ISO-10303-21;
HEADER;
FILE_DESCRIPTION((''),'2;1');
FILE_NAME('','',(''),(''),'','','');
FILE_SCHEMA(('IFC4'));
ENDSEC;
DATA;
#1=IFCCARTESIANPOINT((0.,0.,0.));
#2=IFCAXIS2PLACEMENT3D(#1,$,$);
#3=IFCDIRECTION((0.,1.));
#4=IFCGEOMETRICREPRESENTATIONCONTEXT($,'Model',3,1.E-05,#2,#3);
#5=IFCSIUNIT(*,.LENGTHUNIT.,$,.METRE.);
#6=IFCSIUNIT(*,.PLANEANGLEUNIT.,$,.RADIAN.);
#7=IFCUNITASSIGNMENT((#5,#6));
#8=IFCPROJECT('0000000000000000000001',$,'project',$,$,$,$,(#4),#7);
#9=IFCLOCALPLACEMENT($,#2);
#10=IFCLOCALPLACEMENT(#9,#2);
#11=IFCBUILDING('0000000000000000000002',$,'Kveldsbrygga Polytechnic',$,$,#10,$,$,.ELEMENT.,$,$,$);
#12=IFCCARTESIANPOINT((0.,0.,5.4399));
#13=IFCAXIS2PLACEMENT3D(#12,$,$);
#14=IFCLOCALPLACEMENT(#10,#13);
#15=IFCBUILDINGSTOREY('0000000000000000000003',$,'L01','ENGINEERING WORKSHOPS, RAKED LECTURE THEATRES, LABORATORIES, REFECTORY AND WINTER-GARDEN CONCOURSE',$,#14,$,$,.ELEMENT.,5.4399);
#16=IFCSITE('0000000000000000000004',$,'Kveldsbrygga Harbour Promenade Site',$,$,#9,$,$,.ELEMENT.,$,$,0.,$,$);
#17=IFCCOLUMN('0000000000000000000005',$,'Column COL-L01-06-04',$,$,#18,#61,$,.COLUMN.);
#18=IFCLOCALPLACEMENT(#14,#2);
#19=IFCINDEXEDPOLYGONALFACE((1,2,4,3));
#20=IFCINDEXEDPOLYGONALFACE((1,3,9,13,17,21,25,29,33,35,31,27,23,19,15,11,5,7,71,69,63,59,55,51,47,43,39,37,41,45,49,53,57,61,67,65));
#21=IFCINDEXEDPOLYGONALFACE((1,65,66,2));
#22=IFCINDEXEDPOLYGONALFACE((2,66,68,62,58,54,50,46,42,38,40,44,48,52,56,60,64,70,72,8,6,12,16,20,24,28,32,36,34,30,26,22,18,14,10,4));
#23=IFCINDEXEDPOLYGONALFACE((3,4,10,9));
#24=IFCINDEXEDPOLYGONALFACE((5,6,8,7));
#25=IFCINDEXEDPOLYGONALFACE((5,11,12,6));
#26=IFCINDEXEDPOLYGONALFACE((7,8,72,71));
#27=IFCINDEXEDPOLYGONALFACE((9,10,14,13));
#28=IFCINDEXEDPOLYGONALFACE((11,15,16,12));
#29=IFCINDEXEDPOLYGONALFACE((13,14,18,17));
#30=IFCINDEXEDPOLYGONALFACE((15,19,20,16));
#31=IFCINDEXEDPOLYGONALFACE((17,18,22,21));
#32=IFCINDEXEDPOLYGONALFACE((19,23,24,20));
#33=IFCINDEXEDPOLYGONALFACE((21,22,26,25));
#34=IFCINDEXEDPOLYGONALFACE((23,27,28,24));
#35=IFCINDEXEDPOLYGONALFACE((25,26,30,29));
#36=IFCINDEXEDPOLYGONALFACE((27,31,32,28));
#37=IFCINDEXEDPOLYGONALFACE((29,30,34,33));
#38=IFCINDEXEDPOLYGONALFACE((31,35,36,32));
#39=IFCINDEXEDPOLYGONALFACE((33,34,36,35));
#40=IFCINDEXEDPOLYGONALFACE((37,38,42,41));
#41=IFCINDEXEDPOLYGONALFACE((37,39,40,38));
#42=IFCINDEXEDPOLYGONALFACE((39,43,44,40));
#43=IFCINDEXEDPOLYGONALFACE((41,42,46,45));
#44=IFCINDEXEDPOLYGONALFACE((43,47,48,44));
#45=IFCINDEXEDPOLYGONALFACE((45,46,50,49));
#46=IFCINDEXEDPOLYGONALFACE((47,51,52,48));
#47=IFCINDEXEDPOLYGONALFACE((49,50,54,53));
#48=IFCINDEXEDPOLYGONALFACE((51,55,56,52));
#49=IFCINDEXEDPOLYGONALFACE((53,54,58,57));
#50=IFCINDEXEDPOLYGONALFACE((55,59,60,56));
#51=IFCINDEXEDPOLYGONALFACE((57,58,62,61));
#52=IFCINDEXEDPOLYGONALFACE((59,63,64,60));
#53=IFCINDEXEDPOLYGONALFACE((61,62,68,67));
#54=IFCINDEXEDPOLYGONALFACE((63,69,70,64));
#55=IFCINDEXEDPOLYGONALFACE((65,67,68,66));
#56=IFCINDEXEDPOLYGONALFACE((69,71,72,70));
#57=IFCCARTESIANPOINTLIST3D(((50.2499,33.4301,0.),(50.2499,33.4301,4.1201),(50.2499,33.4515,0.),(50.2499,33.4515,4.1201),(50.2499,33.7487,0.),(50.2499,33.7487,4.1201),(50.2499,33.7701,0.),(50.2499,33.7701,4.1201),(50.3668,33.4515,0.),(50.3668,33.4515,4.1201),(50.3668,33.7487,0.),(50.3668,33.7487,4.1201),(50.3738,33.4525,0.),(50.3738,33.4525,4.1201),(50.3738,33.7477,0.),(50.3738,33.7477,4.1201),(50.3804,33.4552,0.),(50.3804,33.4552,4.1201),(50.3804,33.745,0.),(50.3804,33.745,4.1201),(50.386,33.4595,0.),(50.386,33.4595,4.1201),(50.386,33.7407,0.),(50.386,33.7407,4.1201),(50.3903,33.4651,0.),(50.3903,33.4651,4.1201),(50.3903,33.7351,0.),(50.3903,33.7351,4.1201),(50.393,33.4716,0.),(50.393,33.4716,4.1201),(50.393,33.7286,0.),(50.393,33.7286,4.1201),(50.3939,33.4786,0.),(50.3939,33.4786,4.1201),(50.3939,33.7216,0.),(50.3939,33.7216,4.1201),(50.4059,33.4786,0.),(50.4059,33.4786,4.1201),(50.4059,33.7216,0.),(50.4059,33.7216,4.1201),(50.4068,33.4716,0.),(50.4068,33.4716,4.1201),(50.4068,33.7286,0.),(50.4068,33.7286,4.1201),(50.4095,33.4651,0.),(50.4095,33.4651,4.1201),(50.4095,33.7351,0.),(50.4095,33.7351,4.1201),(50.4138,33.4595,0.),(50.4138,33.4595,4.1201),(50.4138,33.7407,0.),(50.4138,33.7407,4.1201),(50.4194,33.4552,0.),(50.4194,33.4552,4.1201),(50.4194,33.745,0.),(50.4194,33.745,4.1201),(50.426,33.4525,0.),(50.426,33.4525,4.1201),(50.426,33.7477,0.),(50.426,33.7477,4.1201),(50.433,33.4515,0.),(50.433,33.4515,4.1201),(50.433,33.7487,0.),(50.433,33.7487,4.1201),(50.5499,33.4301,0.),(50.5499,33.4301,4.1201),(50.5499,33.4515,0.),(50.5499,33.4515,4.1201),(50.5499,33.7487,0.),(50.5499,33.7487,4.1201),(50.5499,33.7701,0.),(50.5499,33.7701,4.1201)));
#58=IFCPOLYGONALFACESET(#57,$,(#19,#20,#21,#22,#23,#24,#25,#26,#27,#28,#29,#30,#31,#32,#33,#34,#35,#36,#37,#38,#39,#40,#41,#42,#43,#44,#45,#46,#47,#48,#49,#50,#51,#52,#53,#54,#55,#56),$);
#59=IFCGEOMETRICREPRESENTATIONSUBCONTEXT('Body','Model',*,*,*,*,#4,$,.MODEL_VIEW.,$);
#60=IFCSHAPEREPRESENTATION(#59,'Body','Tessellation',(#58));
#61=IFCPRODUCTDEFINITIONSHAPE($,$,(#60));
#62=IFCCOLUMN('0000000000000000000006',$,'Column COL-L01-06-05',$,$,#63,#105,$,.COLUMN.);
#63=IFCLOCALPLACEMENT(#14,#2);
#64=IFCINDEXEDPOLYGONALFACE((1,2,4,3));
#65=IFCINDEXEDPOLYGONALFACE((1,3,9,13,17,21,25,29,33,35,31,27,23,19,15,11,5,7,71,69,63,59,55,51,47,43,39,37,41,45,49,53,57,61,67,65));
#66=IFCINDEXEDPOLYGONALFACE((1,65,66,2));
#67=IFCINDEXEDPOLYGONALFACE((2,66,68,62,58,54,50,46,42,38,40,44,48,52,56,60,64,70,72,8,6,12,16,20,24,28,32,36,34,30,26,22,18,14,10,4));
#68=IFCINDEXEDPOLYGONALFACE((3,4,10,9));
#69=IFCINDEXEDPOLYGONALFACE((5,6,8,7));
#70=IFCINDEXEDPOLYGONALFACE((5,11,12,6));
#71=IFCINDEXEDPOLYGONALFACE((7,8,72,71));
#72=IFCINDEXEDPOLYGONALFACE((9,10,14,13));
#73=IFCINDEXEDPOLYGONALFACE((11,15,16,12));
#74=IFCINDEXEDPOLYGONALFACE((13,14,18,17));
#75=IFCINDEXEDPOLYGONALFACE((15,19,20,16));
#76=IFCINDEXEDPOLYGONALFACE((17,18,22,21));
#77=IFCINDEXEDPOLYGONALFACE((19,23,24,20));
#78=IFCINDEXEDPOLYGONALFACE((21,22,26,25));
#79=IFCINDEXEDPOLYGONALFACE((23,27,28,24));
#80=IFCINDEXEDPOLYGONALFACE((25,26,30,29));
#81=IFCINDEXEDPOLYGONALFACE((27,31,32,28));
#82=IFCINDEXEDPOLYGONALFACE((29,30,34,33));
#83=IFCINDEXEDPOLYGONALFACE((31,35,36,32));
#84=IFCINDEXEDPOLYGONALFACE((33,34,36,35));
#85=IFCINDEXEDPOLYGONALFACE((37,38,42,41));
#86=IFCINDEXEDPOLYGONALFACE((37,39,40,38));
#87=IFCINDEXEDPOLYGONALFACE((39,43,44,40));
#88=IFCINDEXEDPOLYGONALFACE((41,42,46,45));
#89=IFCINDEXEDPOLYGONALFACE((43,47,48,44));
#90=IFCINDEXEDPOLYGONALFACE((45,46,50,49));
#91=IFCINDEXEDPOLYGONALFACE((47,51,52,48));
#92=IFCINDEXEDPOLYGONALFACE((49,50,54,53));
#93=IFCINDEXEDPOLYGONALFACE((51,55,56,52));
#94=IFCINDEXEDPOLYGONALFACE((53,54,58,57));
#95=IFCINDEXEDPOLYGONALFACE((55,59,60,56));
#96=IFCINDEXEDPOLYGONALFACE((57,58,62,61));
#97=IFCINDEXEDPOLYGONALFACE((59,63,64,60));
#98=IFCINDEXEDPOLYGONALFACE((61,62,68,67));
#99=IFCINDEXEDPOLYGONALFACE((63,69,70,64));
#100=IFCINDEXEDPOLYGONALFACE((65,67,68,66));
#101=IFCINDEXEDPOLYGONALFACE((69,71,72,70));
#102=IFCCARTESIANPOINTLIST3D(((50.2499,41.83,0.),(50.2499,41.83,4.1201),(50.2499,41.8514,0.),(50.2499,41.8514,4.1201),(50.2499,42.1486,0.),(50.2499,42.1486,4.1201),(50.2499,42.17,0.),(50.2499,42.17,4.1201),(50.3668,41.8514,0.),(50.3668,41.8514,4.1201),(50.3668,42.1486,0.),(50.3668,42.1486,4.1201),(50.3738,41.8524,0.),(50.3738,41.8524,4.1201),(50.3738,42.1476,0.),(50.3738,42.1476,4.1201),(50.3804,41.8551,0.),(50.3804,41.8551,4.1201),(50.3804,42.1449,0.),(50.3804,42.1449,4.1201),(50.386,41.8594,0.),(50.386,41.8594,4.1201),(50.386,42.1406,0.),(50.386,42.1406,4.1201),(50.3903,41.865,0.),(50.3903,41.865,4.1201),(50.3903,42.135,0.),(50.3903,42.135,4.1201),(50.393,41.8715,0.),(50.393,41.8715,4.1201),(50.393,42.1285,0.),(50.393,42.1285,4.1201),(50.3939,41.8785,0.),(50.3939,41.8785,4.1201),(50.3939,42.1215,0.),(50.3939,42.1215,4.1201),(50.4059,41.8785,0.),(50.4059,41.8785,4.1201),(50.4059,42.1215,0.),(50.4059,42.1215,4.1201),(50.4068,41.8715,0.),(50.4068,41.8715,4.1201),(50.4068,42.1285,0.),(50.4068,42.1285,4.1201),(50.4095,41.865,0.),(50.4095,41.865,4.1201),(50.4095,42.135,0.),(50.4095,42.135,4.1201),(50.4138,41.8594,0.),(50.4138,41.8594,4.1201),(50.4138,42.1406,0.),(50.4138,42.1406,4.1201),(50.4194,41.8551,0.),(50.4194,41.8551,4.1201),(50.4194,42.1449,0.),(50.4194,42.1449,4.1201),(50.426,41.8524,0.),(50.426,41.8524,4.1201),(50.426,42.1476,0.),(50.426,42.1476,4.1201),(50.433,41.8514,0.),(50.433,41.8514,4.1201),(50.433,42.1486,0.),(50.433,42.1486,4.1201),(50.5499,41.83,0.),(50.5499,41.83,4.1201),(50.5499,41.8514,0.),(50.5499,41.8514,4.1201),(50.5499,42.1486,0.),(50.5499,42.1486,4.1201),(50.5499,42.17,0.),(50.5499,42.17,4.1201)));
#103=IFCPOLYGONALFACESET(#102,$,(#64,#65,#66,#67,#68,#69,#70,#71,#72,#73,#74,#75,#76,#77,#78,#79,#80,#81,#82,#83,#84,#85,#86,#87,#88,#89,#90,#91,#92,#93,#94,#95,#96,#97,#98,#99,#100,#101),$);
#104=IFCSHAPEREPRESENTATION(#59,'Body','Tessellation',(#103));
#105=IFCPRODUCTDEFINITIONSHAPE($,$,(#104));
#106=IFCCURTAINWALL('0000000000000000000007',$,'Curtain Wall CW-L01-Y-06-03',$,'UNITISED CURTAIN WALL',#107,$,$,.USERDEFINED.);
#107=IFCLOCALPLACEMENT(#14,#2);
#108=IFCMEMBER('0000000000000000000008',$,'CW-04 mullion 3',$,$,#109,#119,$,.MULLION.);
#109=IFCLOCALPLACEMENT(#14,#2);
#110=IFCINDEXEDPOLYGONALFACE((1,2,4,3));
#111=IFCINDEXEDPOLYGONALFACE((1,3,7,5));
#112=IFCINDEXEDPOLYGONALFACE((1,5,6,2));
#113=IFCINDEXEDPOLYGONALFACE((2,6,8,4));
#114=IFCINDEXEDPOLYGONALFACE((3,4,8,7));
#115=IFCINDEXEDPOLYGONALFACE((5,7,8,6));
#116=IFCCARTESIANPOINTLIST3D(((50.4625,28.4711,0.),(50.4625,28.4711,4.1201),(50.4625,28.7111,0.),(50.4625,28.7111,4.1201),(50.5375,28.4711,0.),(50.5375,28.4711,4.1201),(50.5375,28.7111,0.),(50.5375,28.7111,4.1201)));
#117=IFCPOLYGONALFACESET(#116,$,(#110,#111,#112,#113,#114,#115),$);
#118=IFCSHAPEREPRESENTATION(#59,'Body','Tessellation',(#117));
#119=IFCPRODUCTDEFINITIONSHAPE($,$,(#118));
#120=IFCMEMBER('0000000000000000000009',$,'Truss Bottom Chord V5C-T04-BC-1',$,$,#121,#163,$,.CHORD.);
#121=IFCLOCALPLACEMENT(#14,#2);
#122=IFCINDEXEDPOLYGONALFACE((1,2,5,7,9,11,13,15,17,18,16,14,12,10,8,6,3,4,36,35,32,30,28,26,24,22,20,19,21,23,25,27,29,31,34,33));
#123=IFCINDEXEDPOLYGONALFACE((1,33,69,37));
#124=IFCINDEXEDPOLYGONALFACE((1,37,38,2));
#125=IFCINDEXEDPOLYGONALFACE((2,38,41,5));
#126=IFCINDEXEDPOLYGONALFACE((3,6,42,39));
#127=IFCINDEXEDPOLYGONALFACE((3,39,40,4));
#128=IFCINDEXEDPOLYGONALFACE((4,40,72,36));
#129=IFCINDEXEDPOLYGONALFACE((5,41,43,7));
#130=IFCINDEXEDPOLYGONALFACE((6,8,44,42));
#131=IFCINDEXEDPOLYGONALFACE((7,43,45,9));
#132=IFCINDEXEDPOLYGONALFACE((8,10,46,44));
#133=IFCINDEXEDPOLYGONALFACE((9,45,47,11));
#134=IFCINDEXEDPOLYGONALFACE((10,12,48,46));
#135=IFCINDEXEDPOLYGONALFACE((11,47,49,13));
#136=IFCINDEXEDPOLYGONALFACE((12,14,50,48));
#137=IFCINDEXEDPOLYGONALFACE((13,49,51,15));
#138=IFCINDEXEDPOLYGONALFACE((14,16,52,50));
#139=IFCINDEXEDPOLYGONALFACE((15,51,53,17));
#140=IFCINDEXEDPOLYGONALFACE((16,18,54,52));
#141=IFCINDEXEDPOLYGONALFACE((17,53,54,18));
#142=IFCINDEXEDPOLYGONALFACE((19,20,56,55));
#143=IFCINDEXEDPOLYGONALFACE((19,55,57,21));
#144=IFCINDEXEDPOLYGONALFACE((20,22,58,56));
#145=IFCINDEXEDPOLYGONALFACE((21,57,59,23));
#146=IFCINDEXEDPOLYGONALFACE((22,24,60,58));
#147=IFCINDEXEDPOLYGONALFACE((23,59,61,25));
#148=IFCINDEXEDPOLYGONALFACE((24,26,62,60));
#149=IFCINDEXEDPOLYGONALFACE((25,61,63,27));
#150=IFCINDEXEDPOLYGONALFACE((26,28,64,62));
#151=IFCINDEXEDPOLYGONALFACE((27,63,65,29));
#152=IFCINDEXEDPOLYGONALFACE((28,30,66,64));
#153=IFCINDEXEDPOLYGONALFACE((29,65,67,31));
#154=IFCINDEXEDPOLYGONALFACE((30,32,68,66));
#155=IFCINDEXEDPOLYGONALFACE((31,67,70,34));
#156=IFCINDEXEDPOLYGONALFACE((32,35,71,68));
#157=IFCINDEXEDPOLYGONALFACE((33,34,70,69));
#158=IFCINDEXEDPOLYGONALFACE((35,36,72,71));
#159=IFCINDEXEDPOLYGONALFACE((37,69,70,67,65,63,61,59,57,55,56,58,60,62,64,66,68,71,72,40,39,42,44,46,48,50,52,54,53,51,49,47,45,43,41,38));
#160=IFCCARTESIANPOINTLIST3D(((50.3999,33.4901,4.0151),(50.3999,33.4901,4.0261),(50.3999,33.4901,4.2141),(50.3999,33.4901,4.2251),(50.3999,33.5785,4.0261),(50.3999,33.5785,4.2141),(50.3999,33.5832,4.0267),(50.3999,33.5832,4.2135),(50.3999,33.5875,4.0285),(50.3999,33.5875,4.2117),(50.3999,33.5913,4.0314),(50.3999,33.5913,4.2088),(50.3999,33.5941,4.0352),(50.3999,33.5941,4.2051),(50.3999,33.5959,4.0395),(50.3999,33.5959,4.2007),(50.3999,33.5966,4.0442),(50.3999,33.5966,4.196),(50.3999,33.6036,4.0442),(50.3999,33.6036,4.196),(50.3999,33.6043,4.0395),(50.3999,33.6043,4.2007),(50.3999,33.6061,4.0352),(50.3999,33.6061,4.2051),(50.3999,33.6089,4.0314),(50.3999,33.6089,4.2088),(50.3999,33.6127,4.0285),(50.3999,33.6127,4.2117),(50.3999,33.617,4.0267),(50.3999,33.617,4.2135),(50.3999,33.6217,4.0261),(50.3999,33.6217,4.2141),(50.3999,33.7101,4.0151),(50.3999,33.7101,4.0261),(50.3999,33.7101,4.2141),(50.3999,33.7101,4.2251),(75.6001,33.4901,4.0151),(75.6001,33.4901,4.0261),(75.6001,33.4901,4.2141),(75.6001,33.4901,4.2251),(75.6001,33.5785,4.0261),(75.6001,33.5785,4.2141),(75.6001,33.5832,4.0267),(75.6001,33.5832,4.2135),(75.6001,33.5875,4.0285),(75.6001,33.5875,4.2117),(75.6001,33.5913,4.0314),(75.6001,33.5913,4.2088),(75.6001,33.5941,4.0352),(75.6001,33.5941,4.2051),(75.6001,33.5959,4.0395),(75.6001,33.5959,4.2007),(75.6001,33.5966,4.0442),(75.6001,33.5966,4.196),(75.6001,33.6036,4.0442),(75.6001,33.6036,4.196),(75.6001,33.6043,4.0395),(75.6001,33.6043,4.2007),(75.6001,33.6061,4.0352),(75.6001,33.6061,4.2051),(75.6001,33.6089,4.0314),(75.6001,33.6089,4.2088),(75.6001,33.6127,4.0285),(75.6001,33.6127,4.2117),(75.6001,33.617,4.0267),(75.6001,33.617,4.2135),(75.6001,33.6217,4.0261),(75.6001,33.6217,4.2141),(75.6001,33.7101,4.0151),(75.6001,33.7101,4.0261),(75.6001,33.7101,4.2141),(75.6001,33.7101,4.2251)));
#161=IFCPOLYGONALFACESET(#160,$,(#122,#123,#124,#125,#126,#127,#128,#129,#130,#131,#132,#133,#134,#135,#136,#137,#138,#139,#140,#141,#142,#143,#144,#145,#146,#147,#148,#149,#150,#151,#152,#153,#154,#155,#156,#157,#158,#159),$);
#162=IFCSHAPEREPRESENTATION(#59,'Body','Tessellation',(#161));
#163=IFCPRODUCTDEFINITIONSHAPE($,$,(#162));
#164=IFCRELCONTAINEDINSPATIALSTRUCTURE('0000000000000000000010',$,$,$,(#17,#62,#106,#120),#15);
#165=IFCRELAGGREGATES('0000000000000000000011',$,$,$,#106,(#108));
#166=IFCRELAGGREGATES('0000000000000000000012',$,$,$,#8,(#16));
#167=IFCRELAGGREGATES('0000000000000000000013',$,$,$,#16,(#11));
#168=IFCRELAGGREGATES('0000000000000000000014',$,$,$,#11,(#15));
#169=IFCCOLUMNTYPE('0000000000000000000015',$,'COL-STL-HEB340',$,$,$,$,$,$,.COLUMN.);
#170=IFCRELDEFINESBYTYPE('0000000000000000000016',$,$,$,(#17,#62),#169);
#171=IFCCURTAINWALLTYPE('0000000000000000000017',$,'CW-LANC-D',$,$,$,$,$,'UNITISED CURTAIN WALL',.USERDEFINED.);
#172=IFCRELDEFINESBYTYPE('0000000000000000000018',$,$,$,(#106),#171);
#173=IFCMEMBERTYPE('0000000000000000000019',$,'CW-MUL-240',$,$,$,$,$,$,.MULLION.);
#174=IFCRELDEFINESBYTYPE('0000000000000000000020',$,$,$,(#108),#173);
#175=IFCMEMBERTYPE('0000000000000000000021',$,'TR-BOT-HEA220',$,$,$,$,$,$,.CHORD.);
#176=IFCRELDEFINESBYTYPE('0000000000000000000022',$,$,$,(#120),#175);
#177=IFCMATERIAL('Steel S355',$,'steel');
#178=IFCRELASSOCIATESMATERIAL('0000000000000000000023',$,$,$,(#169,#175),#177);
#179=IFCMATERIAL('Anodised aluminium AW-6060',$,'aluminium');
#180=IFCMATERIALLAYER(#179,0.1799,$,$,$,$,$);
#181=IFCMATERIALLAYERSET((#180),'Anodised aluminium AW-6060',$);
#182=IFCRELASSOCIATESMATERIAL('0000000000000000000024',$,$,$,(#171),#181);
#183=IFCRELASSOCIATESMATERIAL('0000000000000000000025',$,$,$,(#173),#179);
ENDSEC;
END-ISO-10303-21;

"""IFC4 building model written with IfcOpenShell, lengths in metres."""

from ifc_helpers import new_model, si_unit, direction, frame, origin, origin_2d, place, context, subcontext, project, spatial, rectangle, i_section, extrude, material, layer, layer_set, material_profile, profile_set, type_object, element, aggregate, save


model = new_model("IFC4")

# Units and contexts
model_context = context("Model", 3, precision=1e-05, world=origin(), true_north=direction((0.0, 1.0)))
body_context = subcontext(model_context, "Body", "Model", "MODEL_VIEW")
ifc_project = project(units=[si_unit("LENGTHUNIT", "METRE"), si_unit("PLANEANGLEUNIT", "RADIAN")], contexts=[model_context])

# Site, building, storey
site_placement = place(None, origin())
site = spatial("IfcSite", under=ifc_project, at=site_placement, Name="Kveldsbrygga Harbour Promenade Site", CompositionType="ELEMENT", RefElevation=0.0)
building_placement = place(site_placement, origin())
building = spatial("IfcBuilding", under=site, at=building_placement, Name="Kveldsbrygga Polytechnic", CompositionType="ELEMENT")
storey_placement = place(building_placement, frame((0.0, 0.0, 5.4399)))
storey = spatial("IfcBuildingStorey", under=building, at=storey_placement, Name="L01", Description="ENGINEERING WORKSHOPS, RAKED LECTURE THEATRES, LABORATORIES, REFECTORY AND WINTER-GARDEN CONCOURSE", CompositionType="ELEMENT", Elevation=5.4399)

# Columns
ifc_material_1 = material(Name="Steel S355", Category="steel")
ifc_material_profile_1 = material_profile(ifc_material_1, i_section(OverallWidth=0.3, OverallDepth=0.3401, WebThickness=0.012, FlangeThickness=0.0215, FilletRadius=0.0271, at=origin_2d()), Name="HEB 340")
ifc_profile_set_1 = profile_set([ifc_material_profile_1], Name="Steel S355")
column_type = type_object("IfcColumnType", Name="COL-STL-HEB340", PredefinedType="COLUMN", material=ifc_profile_set_1)
for number, where, z_axis, x_axis, name in (
    (1, (50.3999, 33.6001, 0.0), (0.0, 0.0, 1.0), (1.0, 0.0, 0.0), "Column COL-L01-06-04"),
    (2, (50.3999, 42.0, 0.0), (0.0, 0.0, 1.0), (1.0, 0.0, 0.0), "Column COL-L01-06-05"),
):
    element("IfcColumn", number, at=place(storey_placement, frame(where, z_axis=z_axis, x_axis=x_axis)), inside=storey, type_object=column_type, Name=name, PredefinedType="COLUMN", context=body_context, shape_type="SweptSolid", body=[
        extrude(i_section(OverallWidth=0.3, OverallDepth=0.3401, WebThickness=0.012, FlangeThickness=0.0215, FilletRadius=0.0271, at=origin_2d()), origin(), (0.0, 0.0, 1.0), 4.1201),
    ])

# Curtain wall, member
ifc_material_2 = material(Name="Anodised aluminium AW-6060", Category="aluminium")
ifc_layer_1 = layer(ifc_material_2, 0.1799)
ifc_layer_set_1 = layer_set([ifc_layer_1], Name="Anodised aluminium AW-6060")
curtain_wall_type = type_object("IfcCurtainWallType", Name="CW-LANC-D", ElementType="UNITISED CURTAIN WALL", PredefinedType="USERDEFINED", material=ifc_layer_set_1)
curtain_wall_placement = place(storey_placement, origin())
curtain_wall = element("IfcCurtainWall", 3, at=curtain_wall_placement, inside=storey, type_object=curtain_wall_type, Name="Curtain Wall CW-L01-Y-06-03", ObjectType="UNITISED CURTAIN WALL", PredefinedType="USERDEFINED")
ifc_material_profile_2 = material_profile(ifc_material_2, rectangle(XDim=0.075, YDim=0.24, at=origin_2d()), Name="ALU 75x240")
ifc_profile_set_2 = profile_set([ifc_material_profile_2], Name="Anodised aluminium AW-6060")
member_type_1 = type_object("IfcMemberType", Name="CW-MUL-240", PredefinedType="MULLION", material=ifc_profile_set_2)
member_placement = place(storey_placement, frame((50.5, 28.5911, 0.0), z_axis=(0.0, 0.0, 1.0), x_axis=(-1.0, 0.0, 0.0)))
member = element("IfcMember", 4, at=member_placement, type_object=member_type_1, Name="CW-04 mullion 3", PredefinedType="MULLION", context=body_context, shape_type="SweptSolid", body=[
    extrude(rectangle(XDim=0.075, YDim=0.24, at=origin_2d()), origin(), (0.0, 0.0, 1.0), 4.1201),
])
aggregate(curtain_wall, [member])

# Member
ifc_material_profile_3 = material_profile(ifc_material_1, i_section(OverallWidth=0.22, OverallDepth=0.21, WebThickness=0.0071, FlangeThickness=0.011, FilletRadius=0.0181, at=origin_2d()), Name="HEA 220")
ifc_profile_set_3 = profile_set([ifc_material_profile_3], Name="Steel S355")
member_type_2 = type_object("IfcMemberType", Name="TR-BOT-HEA220", PredefinedType="CHORD", material=ifc_profile_set_3)
for number, where, z_axis, x_axis, name in (
    (5, (50.3999, 33.6001, 4.1201), (1.0, 0.0, 0.0), (0.0, 1.0, 0.0), "Truss Bottom Chord V5C-T04-BC-1"),
):
    element("IfcMember", number, at=place(storey_placement, frame(where, z_axis=z_axis, x_axis=x_axis)), inside=storey, type_object=member_type_2, Name=name, PredefinedType="CHORD", context=body_context, shape_type="SweptSolid", body=[
        extrude(i_section(OverallWidth=0.22, OverallDepth=0.21, WebThickness=0.0071, FlangeThickness=0.011, FilletRadius=0.0181, at=origin_2d()), origin(), (0.0, 0.0, 1.0), 25.2002),
    ])

save(model, "model.ifc")
